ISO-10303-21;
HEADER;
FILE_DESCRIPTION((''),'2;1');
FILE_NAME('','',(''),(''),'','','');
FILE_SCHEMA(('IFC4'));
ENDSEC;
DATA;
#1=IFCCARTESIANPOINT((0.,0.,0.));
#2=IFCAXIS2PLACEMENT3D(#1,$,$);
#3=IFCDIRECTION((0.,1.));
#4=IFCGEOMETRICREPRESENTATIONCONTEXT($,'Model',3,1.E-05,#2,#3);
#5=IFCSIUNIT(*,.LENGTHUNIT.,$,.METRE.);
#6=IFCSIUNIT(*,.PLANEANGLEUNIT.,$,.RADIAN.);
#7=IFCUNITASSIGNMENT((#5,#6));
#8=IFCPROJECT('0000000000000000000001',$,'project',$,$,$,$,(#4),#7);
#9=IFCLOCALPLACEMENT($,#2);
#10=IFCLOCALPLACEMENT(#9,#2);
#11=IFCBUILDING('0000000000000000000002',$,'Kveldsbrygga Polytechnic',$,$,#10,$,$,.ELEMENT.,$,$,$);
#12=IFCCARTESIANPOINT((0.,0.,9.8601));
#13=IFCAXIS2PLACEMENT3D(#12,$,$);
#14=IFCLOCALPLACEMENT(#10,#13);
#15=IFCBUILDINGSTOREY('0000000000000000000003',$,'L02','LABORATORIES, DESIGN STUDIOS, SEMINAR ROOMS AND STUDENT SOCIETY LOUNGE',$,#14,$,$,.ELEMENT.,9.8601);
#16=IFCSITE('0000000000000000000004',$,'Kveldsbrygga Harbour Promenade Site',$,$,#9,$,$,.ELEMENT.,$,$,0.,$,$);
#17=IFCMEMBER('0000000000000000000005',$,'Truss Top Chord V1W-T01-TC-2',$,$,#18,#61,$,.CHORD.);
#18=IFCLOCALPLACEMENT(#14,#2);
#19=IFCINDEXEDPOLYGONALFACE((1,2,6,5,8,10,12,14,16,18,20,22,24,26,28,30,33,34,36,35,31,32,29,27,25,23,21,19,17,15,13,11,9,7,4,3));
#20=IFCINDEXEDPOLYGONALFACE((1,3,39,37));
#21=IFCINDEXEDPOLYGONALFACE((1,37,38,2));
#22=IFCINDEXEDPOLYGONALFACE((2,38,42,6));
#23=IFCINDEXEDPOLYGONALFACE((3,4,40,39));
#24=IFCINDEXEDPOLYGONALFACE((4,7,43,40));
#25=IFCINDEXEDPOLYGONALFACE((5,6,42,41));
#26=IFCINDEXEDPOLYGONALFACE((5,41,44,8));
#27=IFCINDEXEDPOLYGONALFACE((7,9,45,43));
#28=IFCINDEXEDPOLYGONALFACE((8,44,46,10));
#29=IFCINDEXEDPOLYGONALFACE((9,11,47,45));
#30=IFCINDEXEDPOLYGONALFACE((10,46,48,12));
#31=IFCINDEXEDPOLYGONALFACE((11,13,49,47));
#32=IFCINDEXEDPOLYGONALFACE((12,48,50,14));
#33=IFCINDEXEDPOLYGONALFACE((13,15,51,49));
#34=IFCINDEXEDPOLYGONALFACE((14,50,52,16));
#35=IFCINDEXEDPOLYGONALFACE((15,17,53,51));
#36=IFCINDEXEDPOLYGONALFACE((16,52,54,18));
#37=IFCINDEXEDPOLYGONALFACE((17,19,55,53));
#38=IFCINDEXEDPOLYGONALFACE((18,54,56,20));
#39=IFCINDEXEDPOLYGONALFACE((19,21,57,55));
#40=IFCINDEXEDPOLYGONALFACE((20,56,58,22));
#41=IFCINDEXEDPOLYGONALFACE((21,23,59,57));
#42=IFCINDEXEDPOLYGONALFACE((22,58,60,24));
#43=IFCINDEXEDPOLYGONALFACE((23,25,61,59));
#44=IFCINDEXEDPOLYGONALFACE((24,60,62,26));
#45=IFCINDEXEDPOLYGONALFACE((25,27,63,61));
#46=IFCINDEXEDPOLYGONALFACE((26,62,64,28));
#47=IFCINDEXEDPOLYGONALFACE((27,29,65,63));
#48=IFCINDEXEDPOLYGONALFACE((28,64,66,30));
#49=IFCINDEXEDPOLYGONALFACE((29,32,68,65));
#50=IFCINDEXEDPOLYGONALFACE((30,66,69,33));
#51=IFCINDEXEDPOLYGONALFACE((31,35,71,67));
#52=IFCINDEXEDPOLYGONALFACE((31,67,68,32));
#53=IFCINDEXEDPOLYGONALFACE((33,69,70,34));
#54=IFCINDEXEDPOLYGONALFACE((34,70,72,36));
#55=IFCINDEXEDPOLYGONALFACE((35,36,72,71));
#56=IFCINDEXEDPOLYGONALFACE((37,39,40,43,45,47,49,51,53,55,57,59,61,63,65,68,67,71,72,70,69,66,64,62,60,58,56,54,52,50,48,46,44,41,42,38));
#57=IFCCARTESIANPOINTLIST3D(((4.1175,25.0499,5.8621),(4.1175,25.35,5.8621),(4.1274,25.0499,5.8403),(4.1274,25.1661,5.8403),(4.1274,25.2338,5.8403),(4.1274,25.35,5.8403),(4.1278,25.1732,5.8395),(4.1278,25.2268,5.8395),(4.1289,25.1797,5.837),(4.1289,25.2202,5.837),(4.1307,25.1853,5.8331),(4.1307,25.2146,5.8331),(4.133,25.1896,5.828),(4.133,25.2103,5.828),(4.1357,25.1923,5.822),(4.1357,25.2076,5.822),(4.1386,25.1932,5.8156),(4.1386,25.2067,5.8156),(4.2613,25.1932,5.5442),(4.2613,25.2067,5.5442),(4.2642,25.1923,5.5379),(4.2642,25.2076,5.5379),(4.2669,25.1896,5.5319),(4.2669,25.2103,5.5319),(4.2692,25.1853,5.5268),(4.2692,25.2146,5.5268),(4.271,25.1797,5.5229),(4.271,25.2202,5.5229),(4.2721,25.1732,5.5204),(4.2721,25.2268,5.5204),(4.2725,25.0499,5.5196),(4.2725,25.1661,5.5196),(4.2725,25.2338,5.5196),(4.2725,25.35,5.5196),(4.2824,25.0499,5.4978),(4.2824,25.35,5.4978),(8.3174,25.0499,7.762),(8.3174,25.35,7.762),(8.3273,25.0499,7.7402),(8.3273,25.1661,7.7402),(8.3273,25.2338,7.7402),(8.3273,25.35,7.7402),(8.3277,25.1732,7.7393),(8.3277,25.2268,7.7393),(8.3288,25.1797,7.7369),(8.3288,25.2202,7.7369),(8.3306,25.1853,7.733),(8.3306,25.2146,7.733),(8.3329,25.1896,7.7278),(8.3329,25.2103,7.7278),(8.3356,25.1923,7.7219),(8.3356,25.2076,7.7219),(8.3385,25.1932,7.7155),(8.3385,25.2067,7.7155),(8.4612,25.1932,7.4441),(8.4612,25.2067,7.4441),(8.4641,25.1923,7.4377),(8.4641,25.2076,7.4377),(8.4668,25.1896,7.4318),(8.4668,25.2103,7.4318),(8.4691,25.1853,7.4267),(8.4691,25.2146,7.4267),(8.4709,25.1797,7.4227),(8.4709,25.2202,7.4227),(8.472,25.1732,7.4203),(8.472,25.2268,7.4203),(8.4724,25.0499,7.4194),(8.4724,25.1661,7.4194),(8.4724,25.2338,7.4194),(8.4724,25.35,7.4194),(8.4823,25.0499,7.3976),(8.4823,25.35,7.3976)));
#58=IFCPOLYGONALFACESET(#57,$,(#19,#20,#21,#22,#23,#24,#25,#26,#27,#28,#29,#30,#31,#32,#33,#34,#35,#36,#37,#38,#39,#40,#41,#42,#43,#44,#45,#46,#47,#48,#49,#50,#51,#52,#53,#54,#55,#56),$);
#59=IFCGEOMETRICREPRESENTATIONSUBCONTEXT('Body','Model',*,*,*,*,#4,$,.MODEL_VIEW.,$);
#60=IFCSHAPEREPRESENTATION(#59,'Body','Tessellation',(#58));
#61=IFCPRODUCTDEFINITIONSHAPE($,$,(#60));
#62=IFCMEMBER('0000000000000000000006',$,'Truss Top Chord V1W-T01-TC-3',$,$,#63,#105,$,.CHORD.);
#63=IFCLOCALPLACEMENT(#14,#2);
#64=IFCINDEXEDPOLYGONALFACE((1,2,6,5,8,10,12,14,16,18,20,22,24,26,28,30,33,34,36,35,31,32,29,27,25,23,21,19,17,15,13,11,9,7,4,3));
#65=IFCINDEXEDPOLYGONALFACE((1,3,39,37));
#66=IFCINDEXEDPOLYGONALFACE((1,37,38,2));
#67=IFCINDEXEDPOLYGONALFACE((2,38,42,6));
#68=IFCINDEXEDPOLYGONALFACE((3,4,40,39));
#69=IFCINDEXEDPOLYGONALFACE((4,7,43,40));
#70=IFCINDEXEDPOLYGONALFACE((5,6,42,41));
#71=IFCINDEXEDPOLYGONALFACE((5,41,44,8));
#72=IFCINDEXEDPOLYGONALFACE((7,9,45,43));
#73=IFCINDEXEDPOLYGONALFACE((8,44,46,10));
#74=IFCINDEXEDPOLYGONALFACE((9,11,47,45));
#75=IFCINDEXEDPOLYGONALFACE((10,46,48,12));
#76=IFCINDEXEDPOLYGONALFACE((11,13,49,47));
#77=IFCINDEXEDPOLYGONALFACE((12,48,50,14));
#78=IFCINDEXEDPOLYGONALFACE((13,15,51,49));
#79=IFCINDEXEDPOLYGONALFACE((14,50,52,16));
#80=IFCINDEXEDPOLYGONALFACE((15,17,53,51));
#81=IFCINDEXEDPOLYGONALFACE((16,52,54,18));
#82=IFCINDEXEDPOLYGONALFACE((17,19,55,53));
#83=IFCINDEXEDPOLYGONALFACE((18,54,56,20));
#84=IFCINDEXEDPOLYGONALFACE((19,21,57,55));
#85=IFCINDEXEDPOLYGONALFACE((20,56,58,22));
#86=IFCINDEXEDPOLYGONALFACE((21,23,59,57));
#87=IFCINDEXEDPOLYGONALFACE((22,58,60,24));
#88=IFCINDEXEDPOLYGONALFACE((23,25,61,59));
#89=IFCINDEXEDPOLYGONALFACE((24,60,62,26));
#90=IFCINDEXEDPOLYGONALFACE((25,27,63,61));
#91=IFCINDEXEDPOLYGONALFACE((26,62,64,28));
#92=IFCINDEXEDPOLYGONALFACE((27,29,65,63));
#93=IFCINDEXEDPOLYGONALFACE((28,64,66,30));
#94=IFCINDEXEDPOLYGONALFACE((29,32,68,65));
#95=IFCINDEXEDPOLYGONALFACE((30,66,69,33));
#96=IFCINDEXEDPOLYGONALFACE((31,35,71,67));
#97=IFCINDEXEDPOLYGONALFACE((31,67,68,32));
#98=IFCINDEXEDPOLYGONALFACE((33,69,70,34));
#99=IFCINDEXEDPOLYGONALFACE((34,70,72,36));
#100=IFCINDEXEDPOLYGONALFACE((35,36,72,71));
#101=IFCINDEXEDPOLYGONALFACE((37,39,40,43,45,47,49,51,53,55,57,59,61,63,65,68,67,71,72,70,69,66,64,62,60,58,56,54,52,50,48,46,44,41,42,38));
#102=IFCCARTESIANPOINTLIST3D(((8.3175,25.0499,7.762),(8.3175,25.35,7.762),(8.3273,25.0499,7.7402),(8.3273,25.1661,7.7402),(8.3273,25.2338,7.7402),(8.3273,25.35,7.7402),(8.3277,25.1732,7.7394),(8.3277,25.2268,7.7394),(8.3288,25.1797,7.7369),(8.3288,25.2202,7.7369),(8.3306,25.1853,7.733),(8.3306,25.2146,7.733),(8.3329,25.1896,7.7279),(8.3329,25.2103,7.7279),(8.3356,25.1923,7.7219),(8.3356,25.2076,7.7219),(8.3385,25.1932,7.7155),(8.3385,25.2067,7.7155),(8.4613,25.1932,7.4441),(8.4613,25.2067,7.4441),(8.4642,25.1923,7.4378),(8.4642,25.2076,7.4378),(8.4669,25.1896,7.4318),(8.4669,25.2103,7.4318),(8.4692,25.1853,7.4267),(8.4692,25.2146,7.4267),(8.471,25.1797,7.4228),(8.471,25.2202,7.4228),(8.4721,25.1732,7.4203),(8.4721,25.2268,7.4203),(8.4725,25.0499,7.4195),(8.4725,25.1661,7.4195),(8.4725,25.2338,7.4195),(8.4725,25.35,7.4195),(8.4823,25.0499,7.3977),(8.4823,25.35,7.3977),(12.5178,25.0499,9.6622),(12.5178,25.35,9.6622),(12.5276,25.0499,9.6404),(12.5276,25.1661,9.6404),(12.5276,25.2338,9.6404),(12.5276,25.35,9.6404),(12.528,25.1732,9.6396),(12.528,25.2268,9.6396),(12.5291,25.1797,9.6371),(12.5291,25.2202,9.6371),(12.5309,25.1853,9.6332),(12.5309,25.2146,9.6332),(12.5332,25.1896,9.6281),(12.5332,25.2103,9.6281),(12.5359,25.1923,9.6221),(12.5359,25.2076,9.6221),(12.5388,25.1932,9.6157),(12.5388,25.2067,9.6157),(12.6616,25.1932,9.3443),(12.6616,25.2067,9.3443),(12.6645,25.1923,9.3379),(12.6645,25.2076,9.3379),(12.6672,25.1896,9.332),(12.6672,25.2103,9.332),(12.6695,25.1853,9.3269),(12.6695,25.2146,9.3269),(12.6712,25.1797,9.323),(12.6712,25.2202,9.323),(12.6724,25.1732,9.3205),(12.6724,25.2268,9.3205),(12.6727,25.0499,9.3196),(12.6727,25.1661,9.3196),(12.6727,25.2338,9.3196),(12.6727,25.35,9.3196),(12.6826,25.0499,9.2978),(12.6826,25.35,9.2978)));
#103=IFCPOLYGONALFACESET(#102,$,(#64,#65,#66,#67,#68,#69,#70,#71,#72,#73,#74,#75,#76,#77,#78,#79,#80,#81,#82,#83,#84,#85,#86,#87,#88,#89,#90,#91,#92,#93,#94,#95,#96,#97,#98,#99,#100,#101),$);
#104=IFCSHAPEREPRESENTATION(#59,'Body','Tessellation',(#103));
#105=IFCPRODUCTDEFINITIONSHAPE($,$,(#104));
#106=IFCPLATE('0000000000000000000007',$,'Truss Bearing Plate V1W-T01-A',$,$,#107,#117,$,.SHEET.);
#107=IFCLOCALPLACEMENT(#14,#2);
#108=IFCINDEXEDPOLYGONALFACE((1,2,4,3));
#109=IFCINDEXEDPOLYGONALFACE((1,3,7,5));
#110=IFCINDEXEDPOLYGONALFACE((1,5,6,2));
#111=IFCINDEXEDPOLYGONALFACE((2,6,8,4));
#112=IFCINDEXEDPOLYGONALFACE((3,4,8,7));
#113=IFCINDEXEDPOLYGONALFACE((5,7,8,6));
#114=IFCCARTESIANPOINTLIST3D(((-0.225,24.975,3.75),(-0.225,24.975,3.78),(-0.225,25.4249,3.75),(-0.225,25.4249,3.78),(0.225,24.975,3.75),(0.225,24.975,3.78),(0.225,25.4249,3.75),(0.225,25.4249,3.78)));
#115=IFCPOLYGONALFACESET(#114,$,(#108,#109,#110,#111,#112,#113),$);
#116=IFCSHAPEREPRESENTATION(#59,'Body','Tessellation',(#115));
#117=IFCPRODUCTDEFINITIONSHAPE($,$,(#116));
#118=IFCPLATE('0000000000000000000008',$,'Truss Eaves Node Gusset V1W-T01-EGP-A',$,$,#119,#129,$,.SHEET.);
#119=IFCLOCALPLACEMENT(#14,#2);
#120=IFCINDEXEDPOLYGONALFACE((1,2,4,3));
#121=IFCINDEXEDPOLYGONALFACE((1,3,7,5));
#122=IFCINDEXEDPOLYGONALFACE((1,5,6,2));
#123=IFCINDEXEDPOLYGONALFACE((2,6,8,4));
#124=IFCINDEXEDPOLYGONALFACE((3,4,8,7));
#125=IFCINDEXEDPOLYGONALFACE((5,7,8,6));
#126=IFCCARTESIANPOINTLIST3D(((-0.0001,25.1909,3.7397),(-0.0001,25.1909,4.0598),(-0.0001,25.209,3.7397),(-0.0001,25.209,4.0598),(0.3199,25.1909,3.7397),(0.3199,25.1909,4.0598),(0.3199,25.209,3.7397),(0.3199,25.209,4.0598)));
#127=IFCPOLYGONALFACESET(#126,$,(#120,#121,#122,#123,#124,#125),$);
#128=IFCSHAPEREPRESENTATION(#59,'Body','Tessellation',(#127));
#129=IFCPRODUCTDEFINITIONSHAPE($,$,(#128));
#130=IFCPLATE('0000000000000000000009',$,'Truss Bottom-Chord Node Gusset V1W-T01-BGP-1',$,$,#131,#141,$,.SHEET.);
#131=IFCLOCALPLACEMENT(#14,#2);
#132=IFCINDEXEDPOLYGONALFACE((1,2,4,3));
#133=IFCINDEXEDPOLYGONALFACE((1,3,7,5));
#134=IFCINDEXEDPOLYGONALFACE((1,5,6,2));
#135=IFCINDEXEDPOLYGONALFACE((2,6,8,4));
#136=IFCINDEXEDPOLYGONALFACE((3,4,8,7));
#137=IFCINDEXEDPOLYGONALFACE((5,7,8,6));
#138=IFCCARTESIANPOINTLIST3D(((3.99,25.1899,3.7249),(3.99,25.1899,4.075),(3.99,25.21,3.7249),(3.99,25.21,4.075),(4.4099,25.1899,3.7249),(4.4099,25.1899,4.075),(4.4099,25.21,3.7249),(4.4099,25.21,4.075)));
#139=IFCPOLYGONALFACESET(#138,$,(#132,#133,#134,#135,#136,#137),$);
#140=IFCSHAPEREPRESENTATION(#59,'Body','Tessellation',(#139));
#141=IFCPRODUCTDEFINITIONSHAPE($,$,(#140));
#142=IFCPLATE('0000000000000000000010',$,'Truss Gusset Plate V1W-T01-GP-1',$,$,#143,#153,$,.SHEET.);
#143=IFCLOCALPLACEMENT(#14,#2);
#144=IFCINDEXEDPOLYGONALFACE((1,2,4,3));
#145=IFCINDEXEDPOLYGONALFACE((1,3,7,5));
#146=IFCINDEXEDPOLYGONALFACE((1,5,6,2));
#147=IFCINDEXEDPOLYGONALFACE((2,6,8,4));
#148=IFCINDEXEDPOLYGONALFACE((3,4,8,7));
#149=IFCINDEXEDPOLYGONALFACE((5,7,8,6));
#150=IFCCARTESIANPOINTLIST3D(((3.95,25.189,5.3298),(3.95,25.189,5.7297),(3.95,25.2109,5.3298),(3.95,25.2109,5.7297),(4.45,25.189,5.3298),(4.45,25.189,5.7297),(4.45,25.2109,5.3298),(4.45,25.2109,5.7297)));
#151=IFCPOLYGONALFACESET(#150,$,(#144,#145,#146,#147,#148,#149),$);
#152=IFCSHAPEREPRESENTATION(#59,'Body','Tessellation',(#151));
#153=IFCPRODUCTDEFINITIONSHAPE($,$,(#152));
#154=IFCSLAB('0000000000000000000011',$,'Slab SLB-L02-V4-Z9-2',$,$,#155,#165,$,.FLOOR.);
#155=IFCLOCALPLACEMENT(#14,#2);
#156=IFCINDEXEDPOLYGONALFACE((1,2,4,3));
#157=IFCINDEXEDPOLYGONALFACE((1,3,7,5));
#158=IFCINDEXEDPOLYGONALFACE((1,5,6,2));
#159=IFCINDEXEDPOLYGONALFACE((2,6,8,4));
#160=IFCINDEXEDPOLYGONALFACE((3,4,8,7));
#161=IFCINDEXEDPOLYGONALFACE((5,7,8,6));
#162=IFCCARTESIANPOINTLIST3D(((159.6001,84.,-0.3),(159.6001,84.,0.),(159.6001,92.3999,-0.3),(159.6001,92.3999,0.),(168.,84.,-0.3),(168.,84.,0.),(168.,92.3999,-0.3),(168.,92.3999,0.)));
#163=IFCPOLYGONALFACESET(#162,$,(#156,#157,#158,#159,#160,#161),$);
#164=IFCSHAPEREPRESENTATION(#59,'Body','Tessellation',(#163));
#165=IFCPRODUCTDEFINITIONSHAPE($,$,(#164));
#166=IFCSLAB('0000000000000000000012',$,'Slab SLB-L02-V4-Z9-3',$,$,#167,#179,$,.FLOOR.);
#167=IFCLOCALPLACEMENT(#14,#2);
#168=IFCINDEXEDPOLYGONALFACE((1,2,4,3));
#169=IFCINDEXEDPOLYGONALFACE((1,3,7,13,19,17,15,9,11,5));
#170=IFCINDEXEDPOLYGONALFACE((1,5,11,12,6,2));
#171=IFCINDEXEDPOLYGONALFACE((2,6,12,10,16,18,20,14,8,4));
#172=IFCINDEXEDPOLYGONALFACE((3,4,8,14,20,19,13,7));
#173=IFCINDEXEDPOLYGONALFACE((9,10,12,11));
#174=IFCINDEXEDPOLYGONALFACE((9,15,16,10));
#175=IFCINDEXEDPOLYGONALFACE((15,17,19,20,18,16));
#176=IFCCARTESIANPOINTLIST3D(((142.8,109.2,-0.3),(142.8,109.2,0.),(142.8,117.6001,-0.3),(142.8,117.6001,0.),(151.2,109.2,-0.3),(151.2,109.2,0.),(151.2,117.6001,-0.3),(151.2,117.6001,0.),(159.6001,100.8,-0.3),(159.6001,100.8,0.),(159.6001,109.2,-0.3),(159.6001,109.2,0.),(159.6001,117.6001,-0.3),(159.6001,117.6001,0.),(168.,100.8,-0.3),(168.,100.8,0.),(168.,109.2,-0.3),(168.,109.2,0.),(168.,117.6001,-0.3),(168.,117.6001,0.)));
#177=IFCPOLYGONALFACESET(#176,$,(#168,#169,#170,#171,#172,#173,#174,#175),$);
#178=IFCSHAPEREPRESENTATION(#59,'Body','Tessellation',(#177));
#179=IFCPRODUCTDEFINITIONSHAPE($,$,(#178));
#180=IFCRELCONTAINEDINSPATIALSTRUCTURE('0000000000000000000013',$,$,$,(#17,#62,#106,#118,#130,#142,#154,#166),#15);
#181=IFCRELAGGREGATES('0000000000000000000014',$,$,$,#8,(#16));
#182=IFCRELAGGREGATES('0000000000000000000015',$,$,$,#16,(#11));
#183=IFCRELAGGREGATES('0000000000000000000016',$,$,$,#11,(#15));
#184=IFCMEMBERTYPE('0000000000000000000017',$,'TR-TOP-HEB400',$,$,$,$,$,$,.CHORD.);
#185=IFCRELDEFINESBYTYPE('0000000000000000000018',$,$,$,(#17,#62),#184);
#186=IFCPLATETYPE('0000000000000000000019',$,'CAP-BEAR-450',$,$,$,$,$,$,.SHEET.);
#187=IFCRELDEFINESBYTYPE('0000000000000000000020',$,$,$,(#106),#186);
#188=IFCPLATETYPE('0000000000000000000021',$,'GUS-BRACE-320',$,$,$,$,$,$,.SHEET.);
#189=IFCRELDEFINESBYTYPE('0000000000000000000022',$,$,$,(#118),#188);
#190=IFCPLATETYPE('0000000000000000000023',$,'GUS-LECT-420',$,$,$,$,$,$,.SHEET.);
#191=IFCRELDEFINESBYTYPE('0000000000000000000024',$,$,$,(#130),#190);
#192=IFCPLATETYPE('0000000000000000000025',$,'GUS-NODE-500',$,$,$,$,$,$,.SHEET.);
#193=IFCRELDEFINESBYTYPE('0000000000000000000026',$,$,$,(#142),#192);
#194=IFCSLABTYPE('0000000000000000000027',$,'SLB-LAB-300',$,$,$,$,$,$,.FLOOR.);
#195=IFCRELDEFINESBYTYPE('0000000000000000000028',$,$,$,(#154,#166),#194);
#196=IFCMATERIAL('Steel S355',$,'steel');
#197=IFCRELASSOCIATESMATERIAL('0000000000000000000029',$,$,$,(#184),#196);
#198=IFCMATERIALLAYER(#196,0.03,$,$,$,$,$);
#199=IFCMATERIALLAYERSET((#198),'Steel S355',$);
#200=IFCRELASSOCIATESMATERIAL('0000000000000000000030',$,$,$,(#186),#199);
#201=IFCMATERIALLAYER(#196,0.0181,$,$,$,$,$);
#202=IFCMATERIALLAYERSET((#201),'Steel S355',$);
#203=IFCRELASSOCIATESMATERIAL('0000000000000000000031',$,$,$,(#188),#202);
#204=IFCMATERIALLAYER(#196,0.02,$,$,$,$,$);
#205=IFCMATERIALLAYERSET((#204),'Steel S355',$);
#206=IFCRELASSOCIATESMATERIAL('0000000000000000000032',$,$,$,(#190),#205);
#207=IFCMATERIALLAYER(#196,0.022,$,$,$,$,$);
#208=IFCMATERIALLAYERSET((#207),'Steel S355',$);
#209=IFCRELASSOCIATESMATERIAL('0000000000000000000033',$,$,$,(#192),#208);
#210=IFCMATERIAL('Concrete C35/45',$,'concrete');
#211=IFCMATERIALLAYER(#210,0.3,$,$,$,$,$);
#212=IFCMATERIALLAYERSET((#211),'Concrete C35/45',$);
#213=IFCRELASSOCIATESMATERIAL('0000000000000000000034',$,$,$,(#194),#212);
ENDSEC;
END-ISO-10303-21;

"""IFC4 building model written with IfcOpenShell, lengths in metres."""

from ifc_helpers import new_model, si_unit, direction, frame, origin, origin_2d, place, context, subcontext, project, spatial, polyline, rectangle, i_section, outline, extrude, material, layer, layer_set, material_profile, profile_set, type_object, element, save


model = new_model("IFC4")

# Units and contexts
model_context = context("Model", 3, precision=1e-05, world=origin(), true_north=direction((0.0, 1.0)))
body_context = subcontext(model_context, "Body", "Model", "MODEL_VIEW")
ifc_project = project(units=[si_unit("LENGTHUNIT", "METRE"), si_unit("PLANEANGLEUNIT", "RADIAN")], contexts=[model_context])

# Site, building, storey
site_placement = place(None, origin())
site = spatial("IfcSite", under=ifc_project, at=site_placement, Name="Kveldsbrygga Harbour Promenade Site", CompositionType="ELEMENT", RefElevation=0.0)
building_placement = place(site_placement, origin())
building = spatial("IfcBuilding", under=site, at=building_placement, Name="Kveldsbrygga Polytechnic", CompositionType="ELEMENT")
storey_placement = place(building_placement, frame((0.0, 0.0, 9.8601)))
storey = spatial("IfcBuildingStorey", under=building, at=storey_placement, Name="L02", Description="LABORATORIES, DESIGN STUDIOS, SEMINAR ROOMS AND STUDENT SOCIETY LOUNGE", CompositionType="ELEMENT", Elevation=9.8601)

# Shared definitions
ifc_material_1 = material(Name="Steel S355", Category="steel")

# Members
ifc_material_profile_1 = material_profile(ifc_material_1, i_section(OverallWidth=0.3, OverallDepth=0.3999, WebThickness=0.0134, FlangeThickness=0.0239, FilletRadius=0.0271, at=origin_2d()), Name="HEB 400")
ifc_profile_set_1 = profile_set([ifc_material_profile_1], Name="Steel S355")
member_type_1 = type_object("IfcMemberType", Name="TR-TOP-HEB400", PredefinedType="CHORD", material=ifc_profile_set_1)
member_1_placement = place(storey_placement, frame((4.2, 25.2, 5.6799), z_axis=(0.911114, 0.0, 0.412154), x_axis=(0.0, 1.0, 0.0)))
element("IfcMember", 1, at=member_1_placement, inside=storey, type_object=member_type_1, Name="Truss Top Chord V1W-T01-TC-2", PredefinedType="CHORD", context=body_context, shape_type="SweptSolid", body=[
    extrude(i_section(OverallWidth=0.3, OverallDepth=0.3999, WebThickness=0.0134, FlangeThickness=0.0239, FilletRadius=0.0271, at=origin_2d()), origin(), (0.0, 0.0, 1.0), 4.6096),
])
member_2_placement = place(storey_placement, frame((8.3999, 25.2, 7.5798), z_axis=(0.911103, 0.0, 0.412178), x_axis=(0.0, 1.0, 0.0)))
element("IfcMember", 2, at=member_2_placement, inside=storey, type_object=member_type_1, Name="Truss Top Chord V1W-T01-TC-3", PredefinedType="CHORD", context=body_context, shape_type="SweptSolid", body=[
    extrude(i_section(OverallWidth=0.3, OverallDepth=0.3999, WebThickness=0.0134, FlangeThickness=0.0239, FilletRadius=0.0271, at=origin_2d()), origin(), (0.0, 0.0, 1.0), 4.6101),
])

# Plates
ifc_layer_1 = layer(ifc_material_1, 0.03)
ifc_layer_set_1 = layer_set([ifc_layer_1], Name="Steel S355")
plate_type_1 = type_object("IfcPlateType", Name="CAP-BEAR-450", PredefinedType="SHEET", material=ifc_layer_set_1)
plate_1_placement = place(storey_placement, frame((0.0, 25.2, 3.75), z_axis=(0.0, 0.0, 1.0), x_axis=(1.0, 0.0, 0.0)))
element("IfcPlate", 3, at=plate_1_placement, inside=storey, type_object=plate_type_1, Name="Truss Bearing Plate V1W-T01-A", PredefinedType="SHEET", context=body_context, shape_type="SweptSolid", body=[
    extrude(rectangle(XDim=0.45, YDim=0.45, at=origin_2d()), origin(), (0.0, 0.0, 1.0), 0.03),
])
ifc_layer_2 = layer(ifc_material_1, 0.0181)
ifc_layer_set_2 = layer_set([ifc_layer_2], Name="Steel S355")
plate_type_2 = type_object("IfcPlateType", Name="GUS-BRACE-320", PredefinedType="SHEET", material=ifc_layer_set_2)
plate_2_placement = place(storey_placement, frame((0.1599, 25.2, 3.7397), z_axis=(0.0, 0.0, 1.0), x_axis=(1.0, 0.0, 0.0)))
element("IfcPlate", 4, at=plate_2_placement, inside=storey, type_object=plate_type_2, Name="Truss Eaves Node Gusset V1W-T01-EGP-A", PredefinedType="SHEET", context=body_context, shape_type="SweptSolid", body=[
    extrude(rectangle(XDim=0.3201, YDim=0.0181, at=origin_2d()), origin(), (0.0, 0.0, 1.0), 0.3201),
])
ifc_layer_3 = layer(ifc_material_1, 0.02)
ifc_layer_set_3 = layer_set([ifc_layer_3], Name="Steel S355")
plate_type_3 = type_object("IfcPlateType", Name="GUS-LECT-420", PredefinedType="SHEET", material=ifc_layer_set_3)
plate_3_placement = place(storey_placement, frame((4.2, 25.2, 3.7249), z_axis=(0.0, 0.0, 1.0), x_axis=(1.0, 0.0, 0.0)))
element("IfcPlate", 5, at=plate_3_placement, inside=storey, type_object=plate_type_3, Name="Truss Bottom-Chord Node Gusset V1W-T01-BGP-1", PredefinedType="SHEET", context=body_context, shape_type="SweptSolid", body=[
    extrude(rectangle(XDim=0.4199, YDim=0.02, at=origin_2d()), origin(), (0.0, 0.0, 1.0), 0.3501),
])
ifc_layer_4 = layer(ifc_material_1, 0.022)
ifc_layer_set_4 = layer_set([ifc_layer_4], Name="Steel S355")
plate_type_4 = type_object("IfcPlateType", Name="GUS-NODE-500", PredefinedType="SHEET", material=ifc_layer_set_4)
plate_4_placement = place(storey_placement, frame((4.2, 25.2, 5.3298), z_axis=(0.0, 0.0, 1.0), x_axis=(1.0, 0.0, 0.0)))
element("IfcPlate", 6, at=plate_4_placement, inside=storey, type_object=plate_type_4, Name="Truss Gusset Plate V1W-T01-GP-1", PredefinedType="SHEET", context=body_context, shape_type="SweptSolid", body=[
    extrude(rectangle(XDim=0.5, YDim=0.022, at=origin_2d()), origin(), (0.0, 0.0, 1.0), 0.3999),
])

# Slabs
ifc_material_2 = material(Name="Concrete C35/45", Category="concrete")
ifc_layer_5 = layer(ifc_material_2, 0.3)
ifc_layer_set_5 = layer_set([ifc_layer_5], Name="Concrete C35/45")
slab_type_1 = type_object("IfcSlabType", Name="SLB-LAB-300", PredefinedType="FLOOR", material=ifc_layer_set_5)
slab_1_placement = place(storey_placement, frame((0.0, 0.0, -0.3)))
element("IfcSlab", 7, at=slab_1_placement, inside=storey, type_object=slab_type_1, Name="Slab SLB-L02-V4-Z9-2", PredefinedType="FLOOR", context=body_context, shape_type="SweptSolid", body=[
    extrude(outline(polyline([(168.0, 92.3999), (168.0, 84.0), (159.6001, 84.0), (159.6001, 92.3999), (168.0, 92.3999)])), origin(), (0.0, 0.0, 1.0), 0.3),
])
slab_2_placement = place(storey_placement, frame((0.0, 0.0, -0.3)))
element("IfcSlab", 8, at=slab_2_placement, inside=storey, type_object=slab_type_1, Name="Slab SLB-L02-V4-Z9-3", PredefinedType="FLOOR", context=body_context, shape_type="SweptSolid", body=[
    extrude(outline(polyline([(168.0, 100.8), (159.6001, 100.8), (159.6001, 109.2), (151.2, 109.2), (142.8, 109.2), (142.8, 117.6001), (151.2, 117.6001), (159.6001, 117.6001), (168.0, 117.6001), (168.0, 109.2), (168.0, 100.8)])), origin(), (0.0, 0.0, 1.0), 0.3),
])

save(model, "model.ifc")
